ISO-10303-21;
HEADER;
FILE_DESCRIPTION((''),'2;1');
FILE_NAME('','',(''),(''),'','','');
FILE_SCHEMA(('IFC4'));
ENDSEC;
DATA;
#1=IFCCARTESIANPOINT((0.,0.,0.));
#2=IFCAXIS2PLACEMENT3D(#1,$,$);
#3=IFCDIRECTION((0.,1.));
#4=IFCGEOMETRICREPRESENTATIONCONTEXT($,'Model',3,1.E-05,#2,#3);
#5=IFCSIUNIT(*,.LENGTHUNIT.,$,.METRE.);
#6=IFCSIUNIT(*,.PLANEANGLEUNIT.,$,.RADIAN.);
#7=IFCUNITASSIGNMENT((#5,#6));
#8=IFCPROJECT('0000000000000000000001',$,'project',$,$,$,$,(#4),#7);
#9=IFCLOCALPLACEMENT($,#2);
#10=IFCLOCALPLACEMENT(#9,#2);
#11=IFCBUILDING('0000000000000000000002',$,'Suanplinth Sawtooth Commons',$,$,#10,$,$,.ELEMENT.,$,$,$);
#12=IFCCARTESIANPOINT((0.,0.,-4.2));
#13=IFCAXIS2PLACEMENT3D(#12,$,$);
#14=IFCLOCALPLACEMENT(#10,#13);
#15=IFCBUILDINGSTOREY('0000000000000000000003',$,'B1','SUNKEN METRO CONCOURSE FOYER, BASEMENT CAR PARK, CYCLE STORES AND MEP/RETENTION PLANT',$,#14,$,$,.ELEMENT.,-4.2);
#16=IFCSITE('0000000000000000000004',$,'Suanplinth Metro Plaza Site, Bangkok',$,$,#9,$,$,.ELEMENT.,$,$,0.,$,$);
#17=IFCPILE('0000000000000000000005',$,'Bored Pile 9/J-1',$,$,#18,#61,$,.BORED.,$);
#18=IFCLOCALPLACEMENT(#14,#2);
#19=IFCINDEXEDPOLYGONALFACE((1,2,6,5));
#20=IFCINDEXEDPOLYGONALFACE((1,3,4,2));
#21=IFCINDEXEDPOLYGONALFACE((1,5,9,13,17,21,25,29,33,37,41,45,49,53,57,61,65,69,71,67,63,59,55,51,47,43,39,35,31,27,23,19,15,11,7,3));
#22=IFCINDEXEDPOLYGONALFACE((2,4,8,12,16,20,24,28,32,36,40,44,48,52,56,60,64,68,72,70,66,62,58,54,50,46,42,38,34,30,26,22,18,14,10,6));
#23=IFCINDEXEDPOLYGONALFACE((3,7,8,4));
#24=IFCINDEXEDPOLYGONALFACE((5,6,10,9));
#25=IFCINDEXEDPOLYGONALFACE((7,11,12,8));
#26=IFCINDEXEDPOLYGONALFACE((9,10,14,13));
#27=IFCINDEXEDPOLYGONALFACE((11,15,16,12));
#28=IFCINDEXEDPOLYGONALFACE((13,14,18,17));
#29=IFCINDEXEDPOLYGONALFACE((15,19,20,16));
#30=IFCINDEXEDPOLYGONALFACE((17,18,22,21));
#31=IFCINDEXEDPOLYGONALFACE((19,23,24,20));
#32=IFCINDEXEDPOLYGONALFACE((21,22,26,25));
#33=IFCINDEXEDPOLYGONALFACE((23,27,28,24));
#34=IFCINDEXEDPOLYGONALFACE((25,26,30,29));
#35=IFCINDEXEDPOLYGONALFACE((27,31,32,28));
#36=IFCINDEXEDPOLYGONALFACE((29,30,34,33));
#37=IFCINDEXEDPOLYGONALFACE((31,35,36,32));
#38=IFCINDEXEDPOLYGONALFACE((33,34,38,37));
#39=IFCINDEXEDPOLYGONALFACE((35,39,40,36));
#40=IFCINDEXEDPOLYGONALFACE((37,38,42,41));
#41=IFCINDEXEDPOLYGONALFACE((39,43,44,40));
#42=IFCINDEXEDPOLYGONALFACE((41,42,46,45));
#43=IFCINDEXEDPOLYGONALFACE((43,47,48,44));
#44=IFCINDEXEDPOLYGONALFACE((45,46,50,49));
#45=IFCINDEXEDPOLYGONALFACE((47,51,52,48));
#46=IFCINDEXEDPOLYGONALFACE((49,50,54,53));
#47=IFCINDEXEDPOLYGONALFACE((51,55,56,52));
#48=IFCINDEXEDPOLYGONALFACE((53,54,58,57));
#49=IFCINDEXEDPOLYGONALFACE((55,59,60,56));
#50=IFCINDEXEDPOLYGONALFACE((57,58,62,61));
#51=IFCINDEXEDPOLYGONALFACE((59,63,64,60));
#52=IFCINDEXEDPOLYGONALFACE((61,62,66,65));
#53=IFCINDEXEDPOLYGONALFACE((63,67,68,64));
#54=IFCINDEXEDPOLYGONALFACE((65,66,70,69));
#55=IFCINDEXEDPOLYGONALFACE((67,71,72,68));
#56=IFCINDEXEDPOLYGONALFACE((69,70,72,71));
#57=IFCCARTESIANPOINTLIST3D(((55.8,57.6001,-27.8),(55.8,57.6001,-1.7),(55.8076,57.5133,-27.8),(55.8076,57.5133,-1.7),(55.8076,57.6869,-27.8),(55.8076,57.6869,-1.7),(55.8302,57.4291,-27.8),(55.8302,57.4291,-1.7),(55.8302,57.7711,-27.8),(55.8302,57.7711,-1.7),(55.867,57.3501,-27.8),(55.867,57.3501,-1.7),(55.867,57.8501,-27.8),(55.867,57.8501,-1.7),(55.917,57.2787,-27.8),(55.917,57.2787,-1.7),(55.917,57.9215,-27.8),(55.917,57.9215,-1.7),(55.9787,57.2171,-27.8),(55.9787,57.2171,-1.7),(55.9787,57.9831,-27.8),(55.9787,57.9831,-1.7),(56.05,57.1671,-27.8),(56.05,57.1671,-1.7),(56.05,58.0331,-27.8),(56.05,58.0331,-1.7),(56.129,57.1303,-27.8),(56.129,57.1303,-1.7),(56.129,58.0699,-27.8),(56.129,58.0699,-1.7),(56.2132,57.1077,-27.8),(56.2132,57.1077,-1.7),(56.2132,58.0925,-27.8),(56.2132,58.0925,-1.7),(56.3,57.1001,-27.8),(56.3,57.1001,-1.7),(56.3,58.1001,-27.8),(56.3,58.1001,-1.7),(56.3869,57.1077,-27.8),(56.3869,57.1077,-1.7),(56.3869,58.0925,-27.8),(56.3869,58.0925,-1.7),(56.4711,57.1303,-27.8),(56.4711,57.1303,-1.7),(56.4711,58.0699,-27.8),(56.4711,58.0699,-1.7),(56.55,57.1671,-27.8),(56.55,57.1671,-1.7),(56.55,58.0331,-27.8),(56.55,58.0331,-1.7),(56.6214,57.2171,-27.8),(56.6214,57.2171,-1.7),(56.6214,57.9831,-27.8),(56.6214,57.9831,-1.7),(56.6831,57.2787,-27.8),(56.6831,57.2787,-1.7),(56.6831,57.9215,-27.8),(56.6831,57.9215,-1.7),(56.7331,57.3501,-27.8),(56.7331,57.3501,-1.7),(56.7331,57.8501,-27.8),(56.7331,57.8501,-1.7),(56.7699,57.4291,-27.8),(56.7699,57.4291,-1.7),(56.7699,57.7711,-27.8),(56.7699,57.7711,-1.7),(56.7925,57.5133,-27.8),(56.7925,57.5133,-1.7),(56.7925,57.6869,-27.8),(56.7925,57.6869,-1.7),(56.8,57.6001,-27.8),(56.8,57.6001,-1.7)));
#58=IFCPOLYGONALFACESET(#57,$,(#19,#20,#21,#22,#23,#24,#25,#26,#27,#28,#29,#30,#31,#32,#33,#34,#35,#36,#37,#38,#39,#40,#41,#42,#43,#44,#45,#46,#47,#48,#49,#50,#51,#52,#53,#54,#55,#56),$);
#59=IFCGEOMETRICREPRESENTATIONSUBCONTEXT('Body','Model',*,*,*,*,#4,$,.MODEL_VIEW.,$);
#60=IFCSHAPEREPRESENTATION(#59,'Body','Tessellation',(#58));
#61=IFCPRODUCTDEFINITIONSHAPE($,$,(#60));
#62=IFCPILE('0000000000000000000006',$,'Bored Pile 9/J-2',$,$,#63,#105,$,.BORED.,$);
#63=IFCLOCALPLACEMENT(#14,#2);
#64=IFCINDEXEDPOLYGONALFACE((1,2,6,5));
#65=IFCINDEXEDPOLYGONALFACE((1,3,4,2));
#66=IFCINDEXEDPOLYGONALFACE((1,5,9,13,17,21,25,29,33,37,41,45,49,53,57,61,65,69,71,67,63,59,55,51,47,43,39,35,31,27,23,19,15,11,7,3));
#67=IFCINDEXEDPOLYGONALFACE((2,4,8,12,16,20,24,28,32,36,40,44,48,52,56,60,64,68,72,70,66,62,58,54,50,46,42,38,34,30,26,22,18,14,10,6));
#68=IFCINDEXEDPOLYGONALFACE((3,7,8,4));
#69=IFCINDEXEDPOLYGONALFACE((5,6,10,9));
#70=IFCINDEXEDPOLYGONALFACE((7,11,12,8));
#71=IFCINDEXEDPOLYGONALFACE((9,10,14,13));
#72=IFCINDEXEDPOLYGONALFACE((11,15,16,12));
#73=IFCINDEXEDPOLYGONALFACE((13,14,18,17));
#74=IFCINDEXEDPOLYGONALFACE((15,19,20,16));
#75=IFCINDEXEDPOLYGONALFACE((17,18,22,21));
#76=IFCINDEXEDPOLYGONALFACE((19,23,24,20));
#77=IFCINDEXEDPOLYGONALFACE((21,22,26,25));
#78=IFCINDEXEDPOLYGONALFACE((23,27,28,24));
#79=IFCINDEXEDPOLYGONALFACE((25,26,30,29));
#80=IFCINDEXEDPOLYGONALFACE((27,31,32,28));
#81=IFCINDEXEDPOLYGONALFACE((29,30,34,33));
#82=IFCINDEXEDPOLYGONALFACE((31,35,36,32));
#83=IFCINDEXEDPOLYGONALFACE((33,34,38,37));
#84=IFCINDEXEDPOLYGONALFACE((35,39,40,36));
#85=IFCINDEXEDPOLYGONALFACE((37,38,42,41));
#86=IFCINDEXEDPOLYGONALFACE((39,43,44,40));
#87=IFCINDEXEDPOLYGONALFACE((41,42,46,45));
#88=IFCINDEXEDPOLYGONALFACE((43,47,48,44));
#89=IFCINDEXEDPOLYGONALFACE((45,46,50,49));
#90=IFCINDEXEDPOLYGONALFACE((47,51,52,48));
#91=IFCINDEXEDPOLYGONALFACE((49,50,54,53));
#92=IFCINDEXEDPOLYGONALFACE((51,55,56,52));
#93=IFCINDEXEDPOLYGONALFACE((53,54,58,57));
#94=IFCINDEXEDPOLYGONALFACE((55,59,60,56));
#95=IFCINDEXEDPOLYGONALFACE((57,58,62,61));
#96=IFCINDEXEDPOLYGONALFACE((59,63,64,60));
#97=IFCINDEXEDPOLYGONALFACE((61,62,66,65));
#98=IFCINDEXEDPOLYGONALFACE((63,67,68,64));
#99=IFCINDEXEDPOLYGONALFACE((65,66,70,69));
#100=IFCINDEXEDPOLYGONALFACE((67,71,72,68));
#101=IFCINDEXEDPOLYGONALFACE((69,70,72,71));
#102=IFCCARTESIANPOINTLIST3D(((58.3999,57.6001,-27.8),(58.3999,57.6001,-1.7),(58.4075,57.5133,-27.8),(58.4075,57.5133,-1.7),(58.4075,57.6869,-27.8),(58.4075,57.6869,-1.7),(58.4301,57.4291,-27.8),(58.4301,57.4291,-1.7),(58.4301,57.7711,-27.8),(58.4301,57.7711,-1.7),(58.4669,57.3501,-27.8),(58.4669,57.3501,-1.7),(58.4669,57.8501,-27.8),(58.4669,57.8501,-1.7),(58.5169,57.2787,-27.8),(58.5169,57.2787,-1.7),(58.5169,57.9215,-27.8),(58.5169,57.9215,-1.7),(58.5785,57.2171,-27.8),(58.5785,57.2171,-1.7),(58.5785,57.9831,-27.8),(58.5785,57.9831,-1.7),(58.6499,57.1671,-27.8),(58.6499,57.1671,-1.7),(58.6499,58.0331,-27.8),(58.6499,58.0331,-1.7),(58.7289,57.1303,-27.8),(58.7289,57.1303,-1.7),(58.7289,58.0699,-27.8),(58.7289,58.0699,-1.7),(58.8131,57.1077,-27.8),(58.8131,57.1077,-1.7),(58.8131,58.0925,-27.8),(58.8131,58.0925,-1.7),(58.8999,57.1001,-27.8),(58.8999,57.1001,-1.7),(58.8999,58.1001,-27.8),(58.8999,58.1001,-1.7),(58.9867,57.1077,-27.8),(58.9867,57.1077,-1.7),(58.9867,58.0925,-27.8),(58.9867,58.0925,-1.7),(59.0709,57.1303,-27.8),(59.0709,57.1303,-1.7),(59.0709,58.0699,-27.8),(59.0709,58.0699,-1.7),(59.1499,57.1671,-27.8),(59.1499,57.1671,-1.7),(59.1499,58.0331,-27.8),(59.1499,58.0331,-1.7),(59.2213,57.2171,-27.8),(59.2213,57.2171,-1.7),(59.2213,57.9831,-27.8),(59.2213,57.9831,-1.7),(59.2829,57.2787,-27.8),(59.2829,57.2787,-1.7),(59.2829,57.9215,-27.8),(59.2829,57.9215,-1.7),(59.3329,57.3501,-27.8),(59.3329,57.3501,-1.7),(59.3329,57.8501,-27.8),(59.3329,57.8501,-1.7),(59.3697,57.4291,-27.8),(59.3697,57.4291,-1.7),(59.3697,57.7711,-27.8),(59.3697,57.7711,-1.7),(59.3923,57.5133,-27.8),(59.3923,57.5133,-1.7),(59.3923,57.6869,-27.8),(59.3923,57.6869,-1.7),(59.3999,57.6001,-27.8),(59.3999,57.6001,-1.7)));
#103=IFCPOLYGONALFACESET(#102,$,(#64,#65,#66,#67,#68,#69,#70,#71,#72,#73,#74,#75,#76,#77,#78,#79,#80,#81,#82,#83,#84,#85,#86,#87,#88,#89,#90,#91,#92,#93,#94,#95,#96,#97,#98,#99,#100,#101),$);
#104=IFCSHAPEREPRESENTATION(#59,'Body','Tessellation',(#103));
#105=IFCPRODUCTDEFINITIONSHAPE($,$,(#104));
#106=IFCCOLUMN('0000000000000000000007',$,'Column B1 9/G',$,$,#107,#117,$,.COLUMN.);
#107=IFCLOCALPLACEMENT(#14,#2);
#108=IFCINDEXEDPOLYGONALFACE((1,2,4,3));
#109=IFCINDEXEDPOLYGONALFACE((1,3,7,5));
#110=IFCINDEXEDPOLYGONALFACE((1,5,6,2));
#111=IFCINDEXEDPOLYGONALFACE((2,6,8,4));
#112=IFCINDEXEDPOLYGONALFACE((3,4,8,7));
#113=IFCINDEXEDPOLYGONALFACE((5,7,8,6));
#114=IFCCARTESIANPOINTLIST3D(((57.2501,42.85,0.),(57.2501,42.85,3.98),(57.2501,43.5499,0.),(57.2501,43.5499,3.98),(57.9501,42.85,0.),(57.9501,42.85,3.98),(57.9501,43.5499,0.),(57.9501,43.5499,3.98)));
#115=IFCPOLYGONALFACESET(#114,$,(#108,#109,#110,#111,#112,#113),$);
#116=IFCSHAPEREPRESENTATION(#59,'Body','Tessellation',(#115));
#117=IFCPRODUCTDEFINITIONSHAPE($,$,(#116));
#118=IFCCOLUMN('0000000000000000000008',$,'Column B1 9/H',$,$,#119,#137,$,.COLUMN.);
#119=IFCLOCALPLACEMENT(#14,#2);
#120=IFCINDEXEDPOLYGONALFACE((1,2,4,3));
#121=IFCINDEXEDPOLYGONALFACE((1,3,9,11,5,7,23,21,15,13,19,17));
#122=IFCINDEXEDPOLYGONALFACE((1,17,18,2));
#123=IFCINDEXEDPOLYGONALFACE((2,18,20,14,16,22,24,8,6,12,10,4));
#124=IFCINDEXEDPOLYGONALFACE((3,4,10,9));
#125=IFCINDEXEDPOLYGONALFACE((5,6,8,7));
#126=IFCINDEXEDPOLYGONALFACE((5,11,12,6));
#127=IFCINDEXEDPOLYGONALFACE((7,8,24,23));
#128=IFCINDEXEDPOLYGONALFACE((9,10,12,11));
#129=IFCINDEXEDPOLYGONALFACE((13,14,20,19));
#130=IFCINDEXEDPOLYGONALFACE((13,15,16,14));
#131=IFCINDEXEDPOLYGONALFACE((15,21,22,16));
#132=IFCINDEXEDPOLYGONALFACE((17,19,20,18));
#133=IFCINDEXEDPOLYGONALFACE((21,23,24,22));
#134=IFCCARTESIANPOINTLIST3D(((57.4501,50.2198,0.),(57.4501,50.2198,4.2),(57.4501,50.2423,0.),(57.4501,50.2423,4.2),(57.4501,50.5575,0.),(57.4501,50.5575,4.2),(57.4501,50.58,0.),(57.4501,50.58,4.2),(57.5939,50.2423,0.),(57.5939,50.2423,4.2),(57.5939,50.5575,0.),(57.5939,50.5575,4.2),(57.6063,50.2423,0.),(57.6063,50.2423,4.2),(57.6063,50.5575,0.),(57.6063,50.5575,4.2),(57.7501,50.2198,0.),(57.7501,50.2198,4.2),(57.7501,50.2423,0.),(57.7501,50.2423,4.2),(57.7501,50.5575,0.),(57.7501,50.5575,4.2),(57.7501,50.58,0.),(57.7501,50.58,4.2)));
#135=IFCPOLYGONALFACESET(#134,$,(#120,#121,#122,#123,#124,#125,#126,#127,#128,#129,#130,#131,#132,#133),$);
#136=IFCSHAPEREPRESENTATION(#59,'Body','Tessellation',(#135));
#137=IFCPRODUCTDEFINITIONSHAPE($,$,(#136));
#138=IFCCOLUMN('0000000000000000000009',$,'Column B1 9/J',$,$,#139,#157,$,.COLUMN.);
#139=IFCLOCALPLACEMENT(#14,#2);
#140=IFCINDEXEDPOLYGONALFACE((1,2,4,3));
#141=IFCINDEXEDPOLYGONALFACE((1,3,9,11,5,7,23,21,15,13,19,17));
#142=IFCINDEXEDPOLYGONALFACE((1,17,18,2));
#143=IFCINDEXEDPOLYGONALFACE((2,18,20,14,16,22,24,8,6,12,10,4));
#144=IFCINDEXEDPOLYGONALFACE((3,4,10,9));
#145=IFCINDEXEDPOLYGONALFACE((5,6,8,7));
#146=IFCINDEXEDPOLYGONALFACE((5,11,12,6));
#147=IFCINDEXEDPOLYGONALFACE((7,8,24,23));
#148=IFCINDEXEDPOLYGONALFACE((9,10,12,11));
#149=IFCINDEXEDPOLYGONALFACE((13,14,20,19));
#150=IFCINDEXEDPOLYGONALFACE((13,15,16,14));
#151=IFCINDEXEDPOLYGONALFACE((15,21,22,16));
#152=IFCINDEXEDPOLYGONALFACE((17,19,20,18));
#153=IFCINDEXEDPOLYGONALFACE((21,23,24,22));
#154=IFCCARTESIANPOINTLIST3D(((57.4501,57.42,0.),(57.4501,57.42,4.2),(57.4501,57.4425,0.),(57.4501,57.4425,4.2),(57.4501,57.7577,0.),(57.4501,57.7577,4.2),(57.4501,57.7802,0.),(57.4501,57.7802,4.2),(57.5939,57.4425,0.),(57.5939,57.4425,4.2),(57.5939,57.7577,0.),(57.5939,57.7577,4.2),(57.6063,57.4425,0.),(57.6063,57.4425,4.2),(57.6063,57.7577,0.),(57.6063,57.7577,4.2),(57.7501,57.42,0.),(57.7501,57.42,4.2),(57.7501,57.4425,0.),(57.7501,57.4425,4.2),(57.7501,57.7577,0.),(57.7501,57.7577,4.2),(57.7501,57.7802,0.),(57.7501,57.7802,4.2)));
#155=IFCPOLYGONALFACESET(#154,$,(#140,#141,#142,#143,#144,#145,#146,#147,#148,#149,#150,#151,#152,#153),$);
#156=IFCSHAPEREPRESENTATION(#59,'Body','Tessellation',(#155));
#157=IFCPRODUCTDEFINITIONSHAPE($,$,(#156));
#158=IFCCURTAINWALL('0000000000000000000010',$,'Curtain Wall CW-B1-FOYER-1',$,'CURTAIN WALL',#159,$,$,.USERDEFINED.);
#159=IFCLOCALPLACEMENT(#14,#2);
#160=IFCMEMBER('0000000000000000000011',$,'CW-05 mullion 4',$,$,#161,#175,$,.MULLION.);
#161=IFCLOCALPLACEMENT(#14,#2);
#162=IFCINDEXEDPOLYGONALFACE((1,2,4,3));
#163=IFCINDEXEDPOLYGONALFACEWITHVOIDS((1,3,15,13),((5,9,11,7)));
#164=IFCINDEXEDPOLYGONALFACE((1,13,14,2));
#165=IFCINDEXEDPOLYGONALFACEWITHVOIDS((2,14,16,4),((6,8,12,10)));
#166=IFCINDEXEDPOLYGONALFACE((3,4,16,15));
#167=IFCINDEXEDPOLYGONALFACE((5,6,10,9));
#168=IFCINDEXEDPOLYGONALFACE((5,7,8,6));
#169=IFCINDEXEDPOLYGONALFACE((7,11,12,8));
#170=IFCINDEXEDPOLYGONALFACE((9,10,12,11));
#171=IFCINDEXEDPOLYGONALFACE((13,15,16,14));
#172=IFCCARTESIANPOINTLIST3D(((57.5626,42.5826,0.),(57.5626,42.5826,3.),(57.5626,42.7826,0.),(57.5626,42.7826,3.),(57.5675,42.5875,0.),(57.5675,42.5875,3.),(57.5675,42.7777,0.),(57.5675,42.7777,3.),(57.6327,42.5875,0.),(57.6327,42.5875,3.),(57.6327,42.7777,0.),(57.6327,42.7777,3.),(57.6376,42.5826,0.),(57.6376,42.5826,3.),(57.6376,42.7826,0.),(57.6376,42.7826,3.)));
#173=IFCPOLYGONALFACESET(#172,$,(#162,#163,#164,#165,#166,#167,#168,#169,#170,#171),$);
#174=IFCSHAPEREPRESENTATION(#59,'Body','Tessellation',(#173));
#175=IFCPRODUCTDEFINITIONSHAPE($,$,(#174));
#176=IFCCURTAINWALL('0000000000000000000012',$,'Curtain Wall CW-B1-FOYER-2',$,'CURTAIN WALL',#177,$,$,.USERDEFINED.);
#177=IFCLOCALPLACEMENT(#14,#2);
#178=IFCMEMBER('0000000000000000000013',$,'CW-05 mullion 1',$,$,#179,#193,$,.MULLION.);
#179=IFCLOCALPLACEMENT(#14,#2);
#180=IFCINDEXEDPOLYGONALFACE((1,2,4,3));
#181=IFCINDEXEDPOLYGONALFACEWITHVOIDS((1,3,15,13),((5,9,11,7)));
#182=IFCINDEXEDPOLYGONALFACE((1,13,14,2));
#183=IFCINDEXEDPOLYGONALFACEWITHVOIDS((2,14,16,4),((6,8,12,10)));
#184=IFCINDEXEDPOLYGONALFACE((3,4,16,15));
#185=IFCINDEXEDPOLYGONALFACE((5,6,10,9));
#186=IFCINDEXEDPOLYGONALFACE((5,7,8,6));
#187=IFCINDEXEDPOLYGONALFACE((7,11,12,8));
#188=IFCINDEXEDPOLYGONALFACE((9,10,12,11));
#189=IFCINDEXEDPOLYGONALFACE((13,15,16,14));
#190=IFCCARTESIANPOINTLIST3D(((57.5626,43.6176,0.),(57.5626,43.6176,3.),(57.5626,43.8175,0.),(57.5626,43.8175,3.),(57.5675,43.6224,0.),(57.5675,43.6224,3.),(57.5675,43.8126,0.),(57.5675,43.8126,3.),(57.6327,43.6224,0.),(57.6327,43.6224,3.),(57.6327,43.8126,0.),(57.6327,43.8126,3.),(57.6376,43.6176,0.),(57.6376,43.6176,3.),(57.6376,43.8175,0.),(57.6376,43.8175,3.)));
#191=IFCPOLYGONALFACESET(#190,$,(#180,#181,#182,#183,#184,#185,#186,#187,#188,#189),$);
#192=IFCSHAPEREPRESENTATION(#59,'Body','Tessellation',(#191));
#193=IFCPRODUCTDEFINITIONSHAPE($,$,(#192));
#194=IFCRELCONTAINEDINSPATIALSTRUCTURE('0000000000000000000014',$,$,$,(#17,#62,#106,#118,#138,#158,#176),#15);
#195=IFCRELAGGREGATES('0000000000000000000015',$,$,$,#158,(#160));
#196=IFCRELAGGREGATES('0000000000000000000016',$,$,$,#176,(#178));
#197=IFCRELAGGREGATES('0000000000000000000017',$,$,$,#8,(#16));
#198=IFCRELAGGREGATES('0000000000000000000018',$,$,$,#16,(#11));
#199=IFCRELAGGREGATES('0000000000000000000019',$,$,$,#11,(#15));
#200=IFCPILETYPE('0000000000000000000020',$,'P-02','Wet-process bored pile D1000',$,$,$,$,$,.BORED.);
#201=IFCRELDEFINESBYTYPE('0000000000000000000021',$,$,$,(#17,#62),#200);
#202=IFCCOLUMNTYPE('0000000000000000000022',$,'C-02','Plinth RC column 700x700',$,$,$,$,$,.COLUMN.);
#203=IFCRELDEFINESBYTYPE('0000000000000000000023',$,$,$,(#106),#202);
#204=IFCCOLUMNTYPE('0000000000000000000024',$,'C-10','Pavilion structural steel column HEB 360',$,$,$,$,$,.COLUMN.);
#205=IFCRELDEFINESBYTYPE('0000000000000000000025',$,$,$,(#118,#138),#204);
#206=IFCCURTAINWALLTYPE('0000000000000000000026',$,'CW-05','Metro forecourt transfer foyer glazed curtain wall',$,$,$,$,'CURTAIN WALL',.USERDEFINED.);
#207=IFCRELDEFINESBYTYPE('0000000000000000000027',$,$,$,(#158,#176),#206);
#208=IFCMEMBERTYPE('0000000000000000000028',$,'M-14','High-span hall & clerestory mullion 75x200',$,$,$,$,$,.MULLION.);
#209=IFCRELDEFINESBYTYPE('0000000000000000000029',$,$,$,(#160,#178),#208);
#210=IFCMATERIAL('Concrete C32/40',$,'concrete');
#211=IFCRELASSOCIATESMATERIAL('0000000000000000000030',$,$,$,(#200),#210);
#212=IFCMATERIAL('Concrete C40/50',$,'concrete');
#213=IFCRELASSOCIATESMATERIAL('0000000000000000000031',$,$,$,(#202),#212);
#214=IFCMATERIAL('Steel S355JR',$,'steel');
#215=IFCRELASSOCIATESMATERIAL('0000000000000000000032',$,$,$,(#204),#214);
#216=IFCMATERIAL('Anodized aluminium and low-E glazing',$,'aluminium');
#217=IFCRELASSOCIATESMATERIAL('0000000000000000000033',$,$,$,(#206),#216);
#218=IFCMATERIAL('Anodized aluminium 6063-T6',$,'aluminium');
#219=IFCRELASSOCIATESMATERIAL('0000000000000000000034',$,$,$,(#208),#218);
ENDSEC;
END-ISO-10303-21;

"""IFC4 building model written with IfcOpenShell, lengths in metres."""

from ifc_helpers import new_model, si_unit, direction, frame, origin, origin_2d, place, context, subcontext, project, spatial, rectangle, hollow_rectangle, circle, i_section, extrude, material, material_profile, profile_set, type_object, element, aggregate, save


model = new_model("IFC4")

# Units and contexts
model_context = context("Model", 3, precision=1e-05, world=origin(), true_north=direction((0.0, 1.0)))
body_context = subcontext(model_context, "Body", "Model", "MODEL_VIEW")
ifc_project = project(units=[si_unit("LENGTHUNIT", "METRE"), si_unit("PLANEANGLEUNIT", "RADIAN")], contexts=[model_context])

# Site, building, storey
site_placement = place(None, origin())
site = spatial("IfcSite", under=ifc_project, at=site_placement, Name="Suanplinth Metro Plaza Site, Bangkok", CompositionType="ELEMENT", RefElevation=0.0)
building_placement = place(site_placement, origin())
building = spatial("IfcBuilding", under=site, at=building_placement, Name="Suanplinth Sawtooth Commons", CompositionType="ELEMENT")
storey_placement = place(building_placement, frame((0.0, 0.0, -4.2)))
storey = spatial("IfcBuildingStorey", under=building, at=storey_placement, Name="B1", Description="SUNKEN METRO CONCOURSE FOYER, BASEMENT CAR PARK, CYCLE STORES AND MEP/RETENTION PLANT", CompositionType="ELEMENT", Elevation=-4.2)

# Piles
ifc_material_1 = material(Name="Concrete C32/40", Category="concrete")
ifc_material_profile_1 = material_profile(ifc_material_1, circle(Radius=0.5, at=origin_2d()), Name="PILE D1000")
ifc_profile_set_1 = profile_set([ifc_material_profile_1], Name="Concrete C32/40")
pile_type_1 = type_object("IfcPileType", Name="P-02", Description="Wet-process bored pile D1000", PredefinedType="BORED", material=ifc_profile_set_1)
for number, where, z_axis, x_axis, name in (
    (1, (56.3, 57.6001, -1.7), (0.0, 0.0, -1.0), (1.0, 0.0, 0.0), "Bored Pile 9/J-1"),
    (2, (58.8999, 57.6001, -1.7), (0.0, 0.0, -1.0), (1.0, 0.0, 0.0), "Bored Pile 9/J-2"),
):
    element("IfcPile", number, at=place(storey_placement, frame(where, z_axis=z_axis, x_axis=x_axis)), inside=storey, type_object=pile_type_1, Name=name, PredefinedType="BORED", context=body_context, shape_type="SweptSolid", body=[
        extrude(circle(Radius=0.5, at=origin_2d()), origin(), (0.0, 0.0, 1.0), 26.1001),
    ])

# Columns
ifc_material_2 = material(Name="Concrete C40/50", Category="concrete")
ifc_material_profile_2 = material_profile(ifc_material_2, rectangle(XDim=0.7, YDim=0.7, at=origin_2d()), Name="RC-COL 700x700")
ifc_profile_set_2 = profile_set([ifc_material_profile_2], Name="Concrete C40/50")
column_type_1 = type_object("IfcColumnType", Name="C-02", Description="Plinth RC column 700x700", PredefinedType="COLUMN", material=ifc_profile_set_2)
column_placement = place(storey_placement, frame((57.6001, 43.2, 0.0), z_axis=(0.0, 0.0, 1.0), x_axis=(1.0, 0.0, 0.0)))
element("IfcColumn", 3, at=column_placement, inside=storey, type_object=column_type_1, Name="Column B1 9/G", PredefinedType="COLUMN", context=body_context, shape_type="SweptSolid", body=[
    extrude(rectangle(XDim=0.7, YDim=0.7, at=origin_2d()), origin(), (0.0, 0.0, 1.0), 3.98),
])
ifc_material_3 = material(Name="Steel S355JR", Category="steel")
ifc_material_profile_3 = material_profile(ifc_material_3, i_section(OverallWidth=0.3, OverallDepth=0.3601, WebThickness=0.0125, FlangeThickness=0.0225, at=origin_2d()), Name="HEB 360")
ifc_profile_set_3 = profile_set([ifc_material_profile_3], Name="Steel S355JR")
column_type_2 = type_object("IfcColumnType", Name="C-10", Description="Pavilion structural steel column HEB 360", PredefinedType="COLUMN", material=ifc_profile_set_3)
for number, where, z_axis, x_axis, name in (
    (4, (57.6001, 50.3999, 0.0), (0.0, 0.0, 1.0), (1.0, 0.0, 0.0), "Column B1 9/H"),
    (5, (57.6001, 57.6001, 0.0), (0.0, 0.0, 1.0), (1.0, 0.0, 0.0), "Column B1 9/J"),
):
    element("IfcColumn", number, at=place(storey_placement, frame(where, z_axis=z_axis, x_axis=x_axis)), inside=storey, type_object=column_type_2, Name=name, PredefinedType="COLUMN", context=body_context, shape_type="SweptSolid", body=[
        extrude(i_section(OverallWidth=0.3, OverallDepth=0.3601, WebThickness=0.0125, FlangeThickness=0.0225, at=origin_2d()), origin(), (0.0, 0.0, 1.0), 4.2),
    ])

# Curtain wall, member
ifc_material_4 = material(Name="Anodized aluminium and low-E glazing", Category="aluminium")
curtain_wall_type = type_object("IfcCurtainWallType", Name="CW-05", Description="Metro forecourt transfer foyer glazed curtain wall", ElementType="CURTAIN WALL", PredefinedType="USERDEFINED", material=ifc_material_4)
curtain_wall_1_placement = place(storey_placement, origin())
curtain_wall_1 = element("IfcCurtainWall", 6, at=curtain_wall_1_placement, inside=storey, type_object=curtain_wall_type, Name="Curtain Wall CW-B1-FOYER-1", ObjectType="CURTAIN WALL", PredefinedType="USERDEFINED")
ifc_material_5 = material(Name="Anodized aluminium 6063-T6", Category="aluminium")
ifc_material_profile_4 = material_profile(ifc_material_5, hollow_rectangle(XDim=0.075, YDim=0.2, WallThickness=0.0049, at=origin_2d()), Name="ALU-MUL 75x200")
ifc_profile_set_4 = profile_set([ifc_material_profile_4], Name="Anodized aluminium 6063-T6")
member_type_1 = type_object("IfcMemberType", Name="M-14", Description="High-span hall & clerestory mullion 75x200", PredefinedType="MULLION", material=ifc_profile_set_4)
member_1_placement = place(storey_placement, frame((57.6001, 42.6826, 0.0), z_axis=(0.0, 0.0, 1.0), x_axis=(-1.0, 0.0, 0.0)))
member_1 = element("IfcMember", 7, at=member_1_placement, type_object=member_type_1, Name="CW-05 mullion 4", PredefinedType="MULLION", context=body_context, shape_type="SweptSolid", body=[
    extrude(hollow_rectangle(XDim=0.075, YDim=0.2, WallThickness=0.0049, at=origin_2d()), origin(), (0.0, 0.0, 1.0), 3.0),
])
aggregate(curtain_wall_1, [member_1])

# Curtain wall, member
curtain_wall_2_placement = place(storey_placement, origin())
curtain_wall_2 = element("IfcCurtainWall", 8, at=curtain_wall_2_placement, inside=storey, type_object=curtain_wall_type, Name="Curtain Wall CW-B1-FOYER-2", ObjectType="CURTAIN WALL", PredefinedType="USERDEFINED")
member_2_placement = place(storey_placement, frame((57.6001, 43.7175, 0.0), z_axis=(0.0, 0.0, 1.0), x_axis=(-1.0, 0.0, 0.0)))
member_2 = element("IfcMember", 9, at=member_2_placement, type_object=member_type_1, Name="CW-05 mullion 1", PredefinedType="MULLION", context=body_context, shape_type="SweptSolid", body=[
    extrude(hollow_rectangle(XDim=0.075, YDim=0.2, WallThickness=0.0049, at=origin_2d()), origin(), (0.0, 0.0, 1.0), 3.0),
])
aggregate(curtain_wall_2, [member_2])

save(model, "model.ifc")
